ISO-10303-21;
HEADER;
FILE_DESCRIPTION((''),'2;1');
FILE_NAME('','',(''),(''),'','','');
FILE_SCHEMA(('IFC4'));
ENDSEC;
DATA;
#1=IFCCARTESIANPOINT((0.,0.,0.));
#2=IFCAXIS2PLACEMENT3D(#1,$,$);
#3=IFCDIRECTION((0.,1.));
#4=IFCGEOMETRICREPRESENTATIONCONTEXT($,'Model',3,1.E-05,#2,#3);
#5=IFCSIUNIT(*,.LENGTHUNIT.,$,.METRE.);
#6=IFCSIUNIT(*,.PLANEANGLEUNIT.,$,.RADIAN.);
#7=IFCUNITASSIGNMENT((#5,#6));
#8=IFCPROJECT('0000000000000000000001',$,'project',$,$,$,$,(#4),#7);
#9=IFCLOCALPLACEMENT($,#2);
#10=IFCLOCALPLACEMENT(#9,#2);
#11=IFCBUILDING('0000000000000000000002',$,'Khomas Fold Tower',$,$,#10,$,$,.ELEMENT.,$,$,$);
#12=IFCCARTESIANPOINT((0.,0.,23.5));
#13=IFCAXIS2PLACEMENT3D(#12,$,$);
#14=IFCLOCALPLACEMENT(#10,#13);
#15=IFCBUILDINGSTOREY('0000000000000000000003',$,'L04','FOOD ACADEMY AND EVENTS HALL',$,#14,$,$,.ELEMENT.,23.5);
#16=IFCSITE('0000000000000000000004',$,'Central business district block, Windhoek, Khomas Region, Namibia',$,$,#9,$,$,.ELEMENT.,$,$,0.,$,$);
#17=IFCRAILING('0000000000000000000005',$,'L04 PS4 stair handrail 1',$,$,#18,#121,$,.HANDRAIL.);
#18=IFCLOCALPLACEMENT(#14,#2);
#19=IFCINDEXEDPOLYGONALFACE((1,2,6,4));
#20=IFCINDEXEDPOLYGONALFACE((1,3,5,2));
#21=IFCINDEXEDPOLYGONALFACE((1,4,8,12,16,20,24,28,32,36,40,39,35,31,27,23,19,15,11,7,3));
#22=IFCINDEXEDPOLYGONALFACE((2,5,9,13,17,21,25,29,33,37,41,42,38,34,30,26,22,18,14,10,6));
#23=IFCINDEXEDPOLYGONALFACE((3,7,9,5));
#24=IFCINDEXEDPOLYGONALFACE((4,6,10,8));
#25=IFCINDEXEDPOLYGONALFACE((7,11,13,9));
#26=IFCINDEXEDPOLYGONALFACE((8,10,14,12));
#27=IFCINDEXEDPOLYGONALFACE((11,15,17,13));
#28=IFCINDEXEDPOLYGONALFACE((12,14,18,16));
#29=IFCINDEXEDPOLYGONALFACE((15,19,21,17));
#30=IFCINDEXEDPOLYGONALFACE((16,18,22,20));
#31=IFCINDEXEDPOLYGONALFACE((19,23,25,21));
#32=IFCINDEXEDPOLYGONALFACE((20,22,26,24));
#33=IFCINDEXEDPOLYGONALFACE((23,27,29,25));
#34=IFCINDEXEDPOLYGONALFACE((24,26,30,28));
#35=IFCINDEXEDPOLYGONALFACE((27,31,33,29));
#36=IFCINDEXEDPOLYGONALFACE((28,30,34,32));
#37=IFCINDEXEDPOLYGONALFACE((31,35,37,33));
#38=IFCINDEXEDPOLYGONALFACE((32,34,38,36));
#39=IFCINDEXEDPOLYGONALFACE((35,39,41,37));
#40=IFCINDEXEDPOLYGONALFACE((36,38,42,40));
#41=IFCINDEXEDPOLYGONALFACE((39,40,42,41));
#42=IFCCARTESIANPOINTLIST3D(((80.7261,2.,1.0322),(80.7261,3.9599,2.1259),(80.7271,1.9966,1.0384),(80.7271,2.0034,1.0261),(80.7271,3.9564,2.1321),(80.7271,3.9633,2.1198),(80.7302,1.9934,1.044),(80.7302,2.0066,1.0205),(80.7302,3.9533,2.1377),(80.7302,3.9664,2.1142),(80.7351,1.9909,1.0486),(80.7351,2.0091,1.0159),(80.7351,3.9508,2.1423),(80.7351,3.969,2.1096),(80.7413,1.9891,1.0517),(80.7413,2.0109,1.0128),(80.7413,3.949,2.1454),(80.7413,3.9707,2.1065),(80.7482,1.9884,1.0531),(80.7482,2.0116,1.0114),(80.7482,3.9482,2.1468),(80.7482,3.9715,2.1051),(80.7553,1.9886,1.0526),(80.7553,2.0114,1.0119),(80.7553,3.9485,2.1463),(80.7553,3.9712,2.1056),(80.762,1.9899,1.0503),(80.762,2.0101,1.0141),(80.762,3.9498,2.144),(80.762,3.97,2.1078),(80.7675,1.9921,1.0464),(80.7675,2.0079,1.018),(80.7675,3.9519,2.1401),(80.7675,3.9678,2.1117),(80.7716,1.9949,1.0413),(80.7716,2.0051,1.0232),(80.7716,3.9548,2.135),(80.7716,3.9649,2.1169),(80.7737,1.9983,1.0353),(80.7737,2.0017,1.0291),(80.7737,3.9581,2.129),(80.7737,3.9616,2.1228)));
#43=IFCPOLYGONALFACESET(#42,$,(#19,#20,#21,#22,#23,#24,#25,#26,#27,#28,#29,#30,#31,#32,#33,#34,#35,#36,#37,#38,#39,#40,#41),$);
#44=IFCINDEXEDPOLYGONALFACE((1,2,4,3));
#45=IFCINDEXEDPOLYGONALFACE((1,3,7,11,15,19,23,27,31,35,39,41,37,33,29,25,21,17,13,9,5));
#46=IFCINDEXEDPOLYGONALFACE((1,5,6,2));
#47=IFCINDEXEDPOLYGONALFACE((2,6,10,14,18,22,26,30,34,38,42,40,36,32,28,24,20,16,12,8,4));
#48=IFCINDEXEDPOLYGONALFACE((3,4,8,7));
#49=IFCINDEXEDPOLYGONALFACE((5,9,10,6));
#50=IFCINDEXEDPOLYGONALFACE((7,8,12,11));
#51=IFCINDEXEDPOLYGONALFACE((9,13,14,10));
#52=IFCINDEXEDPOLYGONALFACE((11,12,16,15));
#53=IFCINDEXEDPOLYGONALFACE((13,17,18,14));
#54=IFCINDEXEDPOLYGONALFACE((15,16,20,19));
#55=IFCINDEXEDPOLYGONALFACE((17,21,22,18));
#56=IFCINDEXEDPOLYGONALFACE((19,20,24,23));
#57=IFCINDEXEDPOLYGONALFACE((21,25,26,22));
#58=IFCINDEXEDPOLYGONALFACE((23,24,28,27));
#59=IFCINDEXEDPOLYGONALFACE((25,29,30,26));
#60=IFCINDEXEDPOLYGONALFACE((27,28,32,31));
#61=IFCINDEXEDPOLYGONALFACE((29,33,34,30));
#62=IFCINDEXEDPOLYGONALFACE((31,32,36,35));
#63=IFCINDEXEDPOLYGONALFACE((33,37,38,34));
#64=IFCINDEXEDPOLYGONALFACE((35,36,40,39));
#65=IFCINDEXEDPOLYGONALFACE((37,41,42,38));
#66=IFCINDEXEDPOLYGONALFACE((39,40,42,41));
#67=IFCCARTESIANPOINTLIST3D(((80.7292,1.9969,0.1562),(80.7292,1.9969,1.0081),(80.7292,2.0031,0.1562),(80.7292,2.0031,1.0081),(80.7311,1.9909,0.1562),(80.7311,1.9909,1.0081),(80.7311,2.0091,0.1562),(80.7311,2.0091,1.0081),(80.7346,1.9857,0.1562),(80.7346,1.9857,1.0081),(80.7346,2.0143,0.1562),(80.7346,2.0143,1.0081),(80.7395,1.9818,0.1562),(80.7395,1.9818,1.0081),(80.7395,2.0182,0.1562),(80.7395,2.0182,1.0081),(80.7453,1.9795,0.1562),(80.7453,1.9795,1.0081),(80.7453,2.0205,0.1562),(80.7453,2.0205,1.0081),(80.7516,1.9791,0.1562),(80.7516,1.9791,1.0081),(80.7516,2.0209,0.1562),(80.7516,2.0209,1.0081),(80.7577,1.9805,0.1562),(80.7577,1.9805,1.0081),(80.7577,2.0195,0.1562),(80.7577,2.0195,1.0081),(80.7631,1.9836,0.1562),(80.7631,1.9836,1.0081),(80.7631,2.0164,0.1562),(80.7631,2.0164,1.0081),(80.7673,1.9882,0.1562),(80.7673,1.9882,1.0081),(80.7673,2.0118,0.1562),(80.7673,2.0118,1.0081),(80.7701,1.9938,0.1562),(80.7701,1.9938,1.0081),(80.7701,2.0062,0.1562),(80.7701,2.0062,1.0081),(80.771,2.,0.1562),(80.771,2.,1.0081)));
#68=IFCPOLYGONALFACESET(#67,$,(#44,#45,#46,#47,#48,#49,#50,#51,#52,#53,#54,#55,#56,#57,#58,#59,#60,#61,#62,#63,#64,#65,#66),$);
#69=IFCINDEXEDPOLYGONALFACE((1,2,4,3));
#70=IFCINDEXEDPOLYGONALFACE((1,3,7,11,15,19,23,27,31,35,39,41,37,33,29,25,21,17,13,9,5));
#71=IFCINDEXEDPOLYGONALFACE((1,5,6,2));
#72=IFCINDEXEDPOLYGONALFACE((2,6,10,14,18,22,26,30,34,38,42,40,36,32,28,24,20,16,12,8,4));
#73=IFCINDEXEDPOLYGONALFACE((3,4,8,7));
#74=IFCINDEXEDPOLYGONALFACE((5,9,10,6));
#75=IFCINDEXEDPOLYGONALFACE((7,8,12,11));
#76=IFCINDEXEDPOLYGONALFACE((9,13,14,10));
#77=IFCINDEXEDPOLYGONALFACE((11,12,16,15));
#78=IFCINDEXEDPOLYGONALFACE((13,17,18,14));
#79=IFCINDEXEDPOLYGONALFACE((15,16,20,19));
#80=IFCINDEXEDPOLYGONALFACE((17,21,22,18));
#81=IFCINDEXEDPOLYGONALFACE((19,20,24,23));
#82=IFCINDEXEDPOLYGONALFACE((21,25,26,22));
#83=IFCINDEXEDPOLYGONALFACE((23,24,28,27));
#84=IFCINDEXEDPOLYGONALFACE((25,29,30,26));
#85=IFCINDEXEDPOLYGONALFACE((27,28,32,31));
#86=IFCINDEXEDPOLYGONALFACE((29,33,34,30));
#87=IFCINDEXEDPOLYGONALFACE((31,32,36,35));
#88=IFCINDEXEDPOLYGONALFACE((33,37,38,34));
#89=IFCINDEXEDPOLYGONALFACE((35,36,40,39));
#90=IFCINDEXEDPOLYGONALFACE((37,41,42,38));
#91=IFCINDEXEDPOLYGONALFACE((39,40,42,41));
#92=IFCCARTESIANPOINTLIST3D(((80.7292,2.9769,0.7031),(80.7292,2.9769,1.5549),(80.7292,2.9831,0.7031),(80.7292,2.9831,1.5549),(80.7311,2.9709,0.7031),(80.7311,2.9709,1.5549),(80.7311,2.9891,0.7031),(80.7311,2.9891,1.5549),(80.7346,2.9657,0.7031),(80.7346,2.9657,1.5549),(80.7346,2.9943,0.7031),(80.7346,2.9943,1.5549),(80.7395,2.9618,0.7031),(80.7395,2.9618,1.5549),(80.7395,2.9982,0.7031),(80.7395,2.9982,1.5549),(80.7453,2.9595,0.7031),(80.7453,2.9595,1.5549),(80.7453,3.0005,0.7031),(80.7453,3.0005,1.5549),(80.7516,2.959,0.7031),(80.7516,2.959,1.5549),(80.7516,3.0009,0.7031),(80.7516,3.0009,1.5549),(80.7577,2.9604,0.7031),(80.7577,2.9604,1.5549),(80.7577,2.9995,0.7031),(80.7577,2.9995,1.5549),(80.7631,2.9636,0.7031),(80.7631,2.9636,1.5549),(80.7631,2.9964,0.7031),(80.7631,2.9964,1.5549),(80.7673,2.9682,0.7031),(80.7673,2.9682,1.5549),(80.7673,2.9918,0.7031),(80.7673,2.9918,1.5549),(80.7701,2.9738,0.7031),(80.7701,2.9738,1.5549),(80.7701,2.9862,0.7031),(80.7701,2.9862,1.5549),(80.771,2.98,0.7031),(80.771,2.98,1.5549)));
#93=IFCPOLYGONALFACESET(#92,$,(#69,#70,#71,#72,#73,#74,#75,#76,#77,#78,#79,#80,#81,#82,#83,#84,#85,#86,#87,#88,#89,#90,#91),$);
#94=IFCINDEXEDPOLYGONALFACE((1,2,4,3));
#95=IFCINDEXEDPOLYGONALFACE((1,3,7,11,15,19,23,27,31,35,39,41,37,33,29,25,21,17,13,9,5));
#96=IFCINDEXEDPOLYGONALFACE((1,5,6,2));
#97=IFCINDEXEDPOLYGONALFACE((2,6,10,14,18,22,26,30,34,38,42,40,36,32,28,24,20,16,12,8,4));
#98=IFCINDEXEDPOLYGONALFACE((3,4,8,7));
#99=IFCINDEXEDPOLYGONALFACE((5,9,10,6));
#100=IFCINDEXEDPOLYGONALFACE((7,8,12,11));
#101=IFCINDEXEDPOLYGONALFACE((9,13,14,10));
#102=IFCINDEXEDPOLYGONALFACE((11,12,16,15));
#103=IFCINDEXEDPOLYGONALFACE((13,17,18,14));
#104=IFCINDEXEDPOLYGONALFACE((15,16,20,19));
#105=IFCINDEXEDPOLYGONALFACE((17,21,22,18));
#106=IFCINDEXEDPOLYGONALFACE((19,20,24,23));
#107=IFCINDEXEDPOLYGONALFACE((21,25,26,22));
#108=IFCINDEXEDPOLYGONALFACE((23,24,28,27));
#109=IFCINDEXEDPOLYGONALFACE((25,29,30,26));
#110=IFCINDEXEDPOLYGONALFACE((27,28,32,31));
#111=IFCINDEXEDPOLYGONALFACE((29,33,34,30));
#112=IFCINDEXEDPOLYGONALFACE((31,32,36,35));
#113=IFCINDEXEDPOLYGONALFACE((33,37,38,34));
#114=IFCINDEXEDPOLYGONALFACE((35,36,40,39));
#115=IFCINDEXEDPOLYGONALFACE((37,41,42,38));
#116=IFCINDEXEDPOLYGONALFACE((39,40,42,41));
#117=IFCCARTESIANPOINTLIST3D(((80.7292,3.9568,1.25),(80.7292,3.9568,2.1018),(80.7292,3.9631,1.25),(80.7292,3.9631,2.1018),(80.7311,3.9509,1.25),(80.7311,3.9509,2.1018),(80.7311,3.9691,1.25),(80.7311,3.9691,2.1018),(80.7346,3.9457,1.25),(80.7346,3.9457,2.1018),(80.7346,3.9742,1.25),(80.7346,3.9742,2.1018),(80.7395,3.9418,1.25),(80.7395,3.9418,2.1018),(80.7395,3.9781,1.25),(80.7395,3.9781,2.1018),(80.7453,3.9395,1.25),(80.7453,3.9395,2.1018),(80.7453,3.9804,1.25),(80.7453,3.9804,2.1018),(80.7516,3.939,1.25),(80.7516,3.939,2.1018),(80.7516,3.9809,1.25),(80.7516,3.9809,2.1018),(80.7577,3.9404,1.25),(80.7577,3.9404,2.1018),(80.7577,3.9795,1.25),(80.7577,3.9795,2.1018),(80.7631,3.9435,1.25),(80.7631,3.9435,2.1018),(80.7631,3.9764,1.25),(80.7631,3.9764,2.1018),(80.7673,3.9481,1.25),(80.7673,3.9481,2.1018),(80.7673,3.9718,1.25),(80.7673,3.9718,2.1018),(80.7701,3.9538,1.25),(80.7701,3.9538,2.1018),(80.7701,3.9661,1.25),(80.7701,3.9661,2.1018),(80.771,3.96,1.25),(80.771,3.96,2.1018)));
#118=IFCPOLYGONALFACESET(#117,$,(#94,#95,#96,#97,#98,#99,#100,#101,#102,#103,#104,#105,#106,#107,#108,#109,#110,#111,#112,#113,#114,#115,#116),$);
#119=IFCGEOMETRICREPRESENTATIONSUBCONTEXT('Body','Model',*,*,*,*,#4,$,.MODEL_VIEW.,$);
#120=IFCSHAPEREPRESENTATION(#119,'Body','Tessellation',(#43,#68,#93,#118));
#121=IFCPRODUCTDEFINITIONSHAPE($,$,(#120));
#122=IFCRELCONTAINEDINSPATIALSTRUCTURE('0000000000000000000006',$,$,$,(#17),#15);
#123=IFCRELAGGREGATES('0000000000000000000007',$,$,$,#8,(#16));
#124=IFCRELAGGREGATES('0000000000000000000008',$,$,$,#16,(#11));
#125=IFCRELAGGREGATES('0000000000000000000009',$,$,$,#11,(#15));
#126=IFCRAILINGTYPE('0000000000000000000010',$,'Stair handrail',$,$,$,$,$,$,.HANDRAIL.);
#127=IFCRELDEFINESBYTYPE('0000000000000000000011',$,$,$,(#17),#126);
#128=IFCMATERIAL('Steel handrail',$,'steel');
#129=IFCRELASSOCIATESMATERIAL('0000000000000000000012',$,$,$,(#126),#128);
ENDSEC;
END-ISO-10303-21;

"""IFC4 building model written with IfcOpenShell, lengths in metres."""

from ifc_helpers import new_model, si_unit, direction, frame, origin, origin_2d, place, context, subcontext, project, spatial, circle, extrude, source, transform, mapped, material, type_object, element, save


model = new_model("IFC4")

# Units and contexts
model_context = context("Model", 3, precision=1e-05, world=origin(), true_north=direction((0.0, 1.0)))
body_context = subcontext(model_context, "Body", "Model", "MODEL_VIEW")
ifc_project = project(units=[si_unit("LENGTHUNIT", "METRE"), si_unit("PLANEANGLEUNIT", "RADIAN")], contexts=[model_context])

# Site, building, storey
site_placement = place(None, origin())
site = spatial("IfcSite", under=ifc_project, at=site_placement, Name="Central business district block, Windhoek, Khomas Region, Namibia", CompositionType="ELEMENT", RefElevation=0.0)
building_placement = place(site_placement, origin())
building = spatial("IfcBuilding", under=site, at=building_placement, Name="Khomas Fold Tower", CompositionType="ELEMENT")
storey_placement = place(building_placement, frame((0.0, 0.0, 23.5)))
storey = spatial("IfcBuildingStorey", under=building, at=storey_placement, Name="L04", Description="FOOD ACADEMY AND EVENTS HALL", CompositionType="ELEMENT", Elevation=23.5)

# Railing
ifc_material_1 = material(Name="Steel handrail", Category="steel")
railing_type_1 = type_object("IfcRailingType", Name="Stair handrail", PredefinedType="HANDRAIL", material=ifc_material_1)
shared_shape_1 = source(origin(), body_context, "Body", "SweptSolid", [
    extrude(circle(Radius=0.0239, at=origin_2d()), frame((0.0, 0.0, 0.876), z_axis=(0.0, 0.873232, 0.487304), x_axis=(-1.0, 0.0, 0.0)), (0.0, 0.0, 1.0), 2.2444),
    extrude(circle(Radius=0.021, at=origin_2d()), origin(), (0.0, 0.0, 1.0), 0.8518),
    extrude(circle(Radius=0.021, at=origin_2d()), frame((0.0, 0.98, 0.5469)), (0.0, 0.0, 1.0), 0.8518),
    extrude(circle(Radius=0.021, at=origin_2d()), frame((0.0, 1.96, 1.0938)), (0.0, 0.0, 1.0), 0.8518),
])
for number, where, name in (
    (1, (80.75, 2.0, 0.1562), "L04 PS4 stair handrail 1"),
):
    element("IfcRailing", number, at=place(storey_placement, frame(where)), inside=storey, type_object=railing_type_1, Name=name, PredefinedType="HANDRAIL", context=body_context, shape_type="MappedRepresentation", body=[
        mapped(shared_shape_1, transform((0.0, 0.0, 0.0))),
    ])

save(model, "model.ifc")
